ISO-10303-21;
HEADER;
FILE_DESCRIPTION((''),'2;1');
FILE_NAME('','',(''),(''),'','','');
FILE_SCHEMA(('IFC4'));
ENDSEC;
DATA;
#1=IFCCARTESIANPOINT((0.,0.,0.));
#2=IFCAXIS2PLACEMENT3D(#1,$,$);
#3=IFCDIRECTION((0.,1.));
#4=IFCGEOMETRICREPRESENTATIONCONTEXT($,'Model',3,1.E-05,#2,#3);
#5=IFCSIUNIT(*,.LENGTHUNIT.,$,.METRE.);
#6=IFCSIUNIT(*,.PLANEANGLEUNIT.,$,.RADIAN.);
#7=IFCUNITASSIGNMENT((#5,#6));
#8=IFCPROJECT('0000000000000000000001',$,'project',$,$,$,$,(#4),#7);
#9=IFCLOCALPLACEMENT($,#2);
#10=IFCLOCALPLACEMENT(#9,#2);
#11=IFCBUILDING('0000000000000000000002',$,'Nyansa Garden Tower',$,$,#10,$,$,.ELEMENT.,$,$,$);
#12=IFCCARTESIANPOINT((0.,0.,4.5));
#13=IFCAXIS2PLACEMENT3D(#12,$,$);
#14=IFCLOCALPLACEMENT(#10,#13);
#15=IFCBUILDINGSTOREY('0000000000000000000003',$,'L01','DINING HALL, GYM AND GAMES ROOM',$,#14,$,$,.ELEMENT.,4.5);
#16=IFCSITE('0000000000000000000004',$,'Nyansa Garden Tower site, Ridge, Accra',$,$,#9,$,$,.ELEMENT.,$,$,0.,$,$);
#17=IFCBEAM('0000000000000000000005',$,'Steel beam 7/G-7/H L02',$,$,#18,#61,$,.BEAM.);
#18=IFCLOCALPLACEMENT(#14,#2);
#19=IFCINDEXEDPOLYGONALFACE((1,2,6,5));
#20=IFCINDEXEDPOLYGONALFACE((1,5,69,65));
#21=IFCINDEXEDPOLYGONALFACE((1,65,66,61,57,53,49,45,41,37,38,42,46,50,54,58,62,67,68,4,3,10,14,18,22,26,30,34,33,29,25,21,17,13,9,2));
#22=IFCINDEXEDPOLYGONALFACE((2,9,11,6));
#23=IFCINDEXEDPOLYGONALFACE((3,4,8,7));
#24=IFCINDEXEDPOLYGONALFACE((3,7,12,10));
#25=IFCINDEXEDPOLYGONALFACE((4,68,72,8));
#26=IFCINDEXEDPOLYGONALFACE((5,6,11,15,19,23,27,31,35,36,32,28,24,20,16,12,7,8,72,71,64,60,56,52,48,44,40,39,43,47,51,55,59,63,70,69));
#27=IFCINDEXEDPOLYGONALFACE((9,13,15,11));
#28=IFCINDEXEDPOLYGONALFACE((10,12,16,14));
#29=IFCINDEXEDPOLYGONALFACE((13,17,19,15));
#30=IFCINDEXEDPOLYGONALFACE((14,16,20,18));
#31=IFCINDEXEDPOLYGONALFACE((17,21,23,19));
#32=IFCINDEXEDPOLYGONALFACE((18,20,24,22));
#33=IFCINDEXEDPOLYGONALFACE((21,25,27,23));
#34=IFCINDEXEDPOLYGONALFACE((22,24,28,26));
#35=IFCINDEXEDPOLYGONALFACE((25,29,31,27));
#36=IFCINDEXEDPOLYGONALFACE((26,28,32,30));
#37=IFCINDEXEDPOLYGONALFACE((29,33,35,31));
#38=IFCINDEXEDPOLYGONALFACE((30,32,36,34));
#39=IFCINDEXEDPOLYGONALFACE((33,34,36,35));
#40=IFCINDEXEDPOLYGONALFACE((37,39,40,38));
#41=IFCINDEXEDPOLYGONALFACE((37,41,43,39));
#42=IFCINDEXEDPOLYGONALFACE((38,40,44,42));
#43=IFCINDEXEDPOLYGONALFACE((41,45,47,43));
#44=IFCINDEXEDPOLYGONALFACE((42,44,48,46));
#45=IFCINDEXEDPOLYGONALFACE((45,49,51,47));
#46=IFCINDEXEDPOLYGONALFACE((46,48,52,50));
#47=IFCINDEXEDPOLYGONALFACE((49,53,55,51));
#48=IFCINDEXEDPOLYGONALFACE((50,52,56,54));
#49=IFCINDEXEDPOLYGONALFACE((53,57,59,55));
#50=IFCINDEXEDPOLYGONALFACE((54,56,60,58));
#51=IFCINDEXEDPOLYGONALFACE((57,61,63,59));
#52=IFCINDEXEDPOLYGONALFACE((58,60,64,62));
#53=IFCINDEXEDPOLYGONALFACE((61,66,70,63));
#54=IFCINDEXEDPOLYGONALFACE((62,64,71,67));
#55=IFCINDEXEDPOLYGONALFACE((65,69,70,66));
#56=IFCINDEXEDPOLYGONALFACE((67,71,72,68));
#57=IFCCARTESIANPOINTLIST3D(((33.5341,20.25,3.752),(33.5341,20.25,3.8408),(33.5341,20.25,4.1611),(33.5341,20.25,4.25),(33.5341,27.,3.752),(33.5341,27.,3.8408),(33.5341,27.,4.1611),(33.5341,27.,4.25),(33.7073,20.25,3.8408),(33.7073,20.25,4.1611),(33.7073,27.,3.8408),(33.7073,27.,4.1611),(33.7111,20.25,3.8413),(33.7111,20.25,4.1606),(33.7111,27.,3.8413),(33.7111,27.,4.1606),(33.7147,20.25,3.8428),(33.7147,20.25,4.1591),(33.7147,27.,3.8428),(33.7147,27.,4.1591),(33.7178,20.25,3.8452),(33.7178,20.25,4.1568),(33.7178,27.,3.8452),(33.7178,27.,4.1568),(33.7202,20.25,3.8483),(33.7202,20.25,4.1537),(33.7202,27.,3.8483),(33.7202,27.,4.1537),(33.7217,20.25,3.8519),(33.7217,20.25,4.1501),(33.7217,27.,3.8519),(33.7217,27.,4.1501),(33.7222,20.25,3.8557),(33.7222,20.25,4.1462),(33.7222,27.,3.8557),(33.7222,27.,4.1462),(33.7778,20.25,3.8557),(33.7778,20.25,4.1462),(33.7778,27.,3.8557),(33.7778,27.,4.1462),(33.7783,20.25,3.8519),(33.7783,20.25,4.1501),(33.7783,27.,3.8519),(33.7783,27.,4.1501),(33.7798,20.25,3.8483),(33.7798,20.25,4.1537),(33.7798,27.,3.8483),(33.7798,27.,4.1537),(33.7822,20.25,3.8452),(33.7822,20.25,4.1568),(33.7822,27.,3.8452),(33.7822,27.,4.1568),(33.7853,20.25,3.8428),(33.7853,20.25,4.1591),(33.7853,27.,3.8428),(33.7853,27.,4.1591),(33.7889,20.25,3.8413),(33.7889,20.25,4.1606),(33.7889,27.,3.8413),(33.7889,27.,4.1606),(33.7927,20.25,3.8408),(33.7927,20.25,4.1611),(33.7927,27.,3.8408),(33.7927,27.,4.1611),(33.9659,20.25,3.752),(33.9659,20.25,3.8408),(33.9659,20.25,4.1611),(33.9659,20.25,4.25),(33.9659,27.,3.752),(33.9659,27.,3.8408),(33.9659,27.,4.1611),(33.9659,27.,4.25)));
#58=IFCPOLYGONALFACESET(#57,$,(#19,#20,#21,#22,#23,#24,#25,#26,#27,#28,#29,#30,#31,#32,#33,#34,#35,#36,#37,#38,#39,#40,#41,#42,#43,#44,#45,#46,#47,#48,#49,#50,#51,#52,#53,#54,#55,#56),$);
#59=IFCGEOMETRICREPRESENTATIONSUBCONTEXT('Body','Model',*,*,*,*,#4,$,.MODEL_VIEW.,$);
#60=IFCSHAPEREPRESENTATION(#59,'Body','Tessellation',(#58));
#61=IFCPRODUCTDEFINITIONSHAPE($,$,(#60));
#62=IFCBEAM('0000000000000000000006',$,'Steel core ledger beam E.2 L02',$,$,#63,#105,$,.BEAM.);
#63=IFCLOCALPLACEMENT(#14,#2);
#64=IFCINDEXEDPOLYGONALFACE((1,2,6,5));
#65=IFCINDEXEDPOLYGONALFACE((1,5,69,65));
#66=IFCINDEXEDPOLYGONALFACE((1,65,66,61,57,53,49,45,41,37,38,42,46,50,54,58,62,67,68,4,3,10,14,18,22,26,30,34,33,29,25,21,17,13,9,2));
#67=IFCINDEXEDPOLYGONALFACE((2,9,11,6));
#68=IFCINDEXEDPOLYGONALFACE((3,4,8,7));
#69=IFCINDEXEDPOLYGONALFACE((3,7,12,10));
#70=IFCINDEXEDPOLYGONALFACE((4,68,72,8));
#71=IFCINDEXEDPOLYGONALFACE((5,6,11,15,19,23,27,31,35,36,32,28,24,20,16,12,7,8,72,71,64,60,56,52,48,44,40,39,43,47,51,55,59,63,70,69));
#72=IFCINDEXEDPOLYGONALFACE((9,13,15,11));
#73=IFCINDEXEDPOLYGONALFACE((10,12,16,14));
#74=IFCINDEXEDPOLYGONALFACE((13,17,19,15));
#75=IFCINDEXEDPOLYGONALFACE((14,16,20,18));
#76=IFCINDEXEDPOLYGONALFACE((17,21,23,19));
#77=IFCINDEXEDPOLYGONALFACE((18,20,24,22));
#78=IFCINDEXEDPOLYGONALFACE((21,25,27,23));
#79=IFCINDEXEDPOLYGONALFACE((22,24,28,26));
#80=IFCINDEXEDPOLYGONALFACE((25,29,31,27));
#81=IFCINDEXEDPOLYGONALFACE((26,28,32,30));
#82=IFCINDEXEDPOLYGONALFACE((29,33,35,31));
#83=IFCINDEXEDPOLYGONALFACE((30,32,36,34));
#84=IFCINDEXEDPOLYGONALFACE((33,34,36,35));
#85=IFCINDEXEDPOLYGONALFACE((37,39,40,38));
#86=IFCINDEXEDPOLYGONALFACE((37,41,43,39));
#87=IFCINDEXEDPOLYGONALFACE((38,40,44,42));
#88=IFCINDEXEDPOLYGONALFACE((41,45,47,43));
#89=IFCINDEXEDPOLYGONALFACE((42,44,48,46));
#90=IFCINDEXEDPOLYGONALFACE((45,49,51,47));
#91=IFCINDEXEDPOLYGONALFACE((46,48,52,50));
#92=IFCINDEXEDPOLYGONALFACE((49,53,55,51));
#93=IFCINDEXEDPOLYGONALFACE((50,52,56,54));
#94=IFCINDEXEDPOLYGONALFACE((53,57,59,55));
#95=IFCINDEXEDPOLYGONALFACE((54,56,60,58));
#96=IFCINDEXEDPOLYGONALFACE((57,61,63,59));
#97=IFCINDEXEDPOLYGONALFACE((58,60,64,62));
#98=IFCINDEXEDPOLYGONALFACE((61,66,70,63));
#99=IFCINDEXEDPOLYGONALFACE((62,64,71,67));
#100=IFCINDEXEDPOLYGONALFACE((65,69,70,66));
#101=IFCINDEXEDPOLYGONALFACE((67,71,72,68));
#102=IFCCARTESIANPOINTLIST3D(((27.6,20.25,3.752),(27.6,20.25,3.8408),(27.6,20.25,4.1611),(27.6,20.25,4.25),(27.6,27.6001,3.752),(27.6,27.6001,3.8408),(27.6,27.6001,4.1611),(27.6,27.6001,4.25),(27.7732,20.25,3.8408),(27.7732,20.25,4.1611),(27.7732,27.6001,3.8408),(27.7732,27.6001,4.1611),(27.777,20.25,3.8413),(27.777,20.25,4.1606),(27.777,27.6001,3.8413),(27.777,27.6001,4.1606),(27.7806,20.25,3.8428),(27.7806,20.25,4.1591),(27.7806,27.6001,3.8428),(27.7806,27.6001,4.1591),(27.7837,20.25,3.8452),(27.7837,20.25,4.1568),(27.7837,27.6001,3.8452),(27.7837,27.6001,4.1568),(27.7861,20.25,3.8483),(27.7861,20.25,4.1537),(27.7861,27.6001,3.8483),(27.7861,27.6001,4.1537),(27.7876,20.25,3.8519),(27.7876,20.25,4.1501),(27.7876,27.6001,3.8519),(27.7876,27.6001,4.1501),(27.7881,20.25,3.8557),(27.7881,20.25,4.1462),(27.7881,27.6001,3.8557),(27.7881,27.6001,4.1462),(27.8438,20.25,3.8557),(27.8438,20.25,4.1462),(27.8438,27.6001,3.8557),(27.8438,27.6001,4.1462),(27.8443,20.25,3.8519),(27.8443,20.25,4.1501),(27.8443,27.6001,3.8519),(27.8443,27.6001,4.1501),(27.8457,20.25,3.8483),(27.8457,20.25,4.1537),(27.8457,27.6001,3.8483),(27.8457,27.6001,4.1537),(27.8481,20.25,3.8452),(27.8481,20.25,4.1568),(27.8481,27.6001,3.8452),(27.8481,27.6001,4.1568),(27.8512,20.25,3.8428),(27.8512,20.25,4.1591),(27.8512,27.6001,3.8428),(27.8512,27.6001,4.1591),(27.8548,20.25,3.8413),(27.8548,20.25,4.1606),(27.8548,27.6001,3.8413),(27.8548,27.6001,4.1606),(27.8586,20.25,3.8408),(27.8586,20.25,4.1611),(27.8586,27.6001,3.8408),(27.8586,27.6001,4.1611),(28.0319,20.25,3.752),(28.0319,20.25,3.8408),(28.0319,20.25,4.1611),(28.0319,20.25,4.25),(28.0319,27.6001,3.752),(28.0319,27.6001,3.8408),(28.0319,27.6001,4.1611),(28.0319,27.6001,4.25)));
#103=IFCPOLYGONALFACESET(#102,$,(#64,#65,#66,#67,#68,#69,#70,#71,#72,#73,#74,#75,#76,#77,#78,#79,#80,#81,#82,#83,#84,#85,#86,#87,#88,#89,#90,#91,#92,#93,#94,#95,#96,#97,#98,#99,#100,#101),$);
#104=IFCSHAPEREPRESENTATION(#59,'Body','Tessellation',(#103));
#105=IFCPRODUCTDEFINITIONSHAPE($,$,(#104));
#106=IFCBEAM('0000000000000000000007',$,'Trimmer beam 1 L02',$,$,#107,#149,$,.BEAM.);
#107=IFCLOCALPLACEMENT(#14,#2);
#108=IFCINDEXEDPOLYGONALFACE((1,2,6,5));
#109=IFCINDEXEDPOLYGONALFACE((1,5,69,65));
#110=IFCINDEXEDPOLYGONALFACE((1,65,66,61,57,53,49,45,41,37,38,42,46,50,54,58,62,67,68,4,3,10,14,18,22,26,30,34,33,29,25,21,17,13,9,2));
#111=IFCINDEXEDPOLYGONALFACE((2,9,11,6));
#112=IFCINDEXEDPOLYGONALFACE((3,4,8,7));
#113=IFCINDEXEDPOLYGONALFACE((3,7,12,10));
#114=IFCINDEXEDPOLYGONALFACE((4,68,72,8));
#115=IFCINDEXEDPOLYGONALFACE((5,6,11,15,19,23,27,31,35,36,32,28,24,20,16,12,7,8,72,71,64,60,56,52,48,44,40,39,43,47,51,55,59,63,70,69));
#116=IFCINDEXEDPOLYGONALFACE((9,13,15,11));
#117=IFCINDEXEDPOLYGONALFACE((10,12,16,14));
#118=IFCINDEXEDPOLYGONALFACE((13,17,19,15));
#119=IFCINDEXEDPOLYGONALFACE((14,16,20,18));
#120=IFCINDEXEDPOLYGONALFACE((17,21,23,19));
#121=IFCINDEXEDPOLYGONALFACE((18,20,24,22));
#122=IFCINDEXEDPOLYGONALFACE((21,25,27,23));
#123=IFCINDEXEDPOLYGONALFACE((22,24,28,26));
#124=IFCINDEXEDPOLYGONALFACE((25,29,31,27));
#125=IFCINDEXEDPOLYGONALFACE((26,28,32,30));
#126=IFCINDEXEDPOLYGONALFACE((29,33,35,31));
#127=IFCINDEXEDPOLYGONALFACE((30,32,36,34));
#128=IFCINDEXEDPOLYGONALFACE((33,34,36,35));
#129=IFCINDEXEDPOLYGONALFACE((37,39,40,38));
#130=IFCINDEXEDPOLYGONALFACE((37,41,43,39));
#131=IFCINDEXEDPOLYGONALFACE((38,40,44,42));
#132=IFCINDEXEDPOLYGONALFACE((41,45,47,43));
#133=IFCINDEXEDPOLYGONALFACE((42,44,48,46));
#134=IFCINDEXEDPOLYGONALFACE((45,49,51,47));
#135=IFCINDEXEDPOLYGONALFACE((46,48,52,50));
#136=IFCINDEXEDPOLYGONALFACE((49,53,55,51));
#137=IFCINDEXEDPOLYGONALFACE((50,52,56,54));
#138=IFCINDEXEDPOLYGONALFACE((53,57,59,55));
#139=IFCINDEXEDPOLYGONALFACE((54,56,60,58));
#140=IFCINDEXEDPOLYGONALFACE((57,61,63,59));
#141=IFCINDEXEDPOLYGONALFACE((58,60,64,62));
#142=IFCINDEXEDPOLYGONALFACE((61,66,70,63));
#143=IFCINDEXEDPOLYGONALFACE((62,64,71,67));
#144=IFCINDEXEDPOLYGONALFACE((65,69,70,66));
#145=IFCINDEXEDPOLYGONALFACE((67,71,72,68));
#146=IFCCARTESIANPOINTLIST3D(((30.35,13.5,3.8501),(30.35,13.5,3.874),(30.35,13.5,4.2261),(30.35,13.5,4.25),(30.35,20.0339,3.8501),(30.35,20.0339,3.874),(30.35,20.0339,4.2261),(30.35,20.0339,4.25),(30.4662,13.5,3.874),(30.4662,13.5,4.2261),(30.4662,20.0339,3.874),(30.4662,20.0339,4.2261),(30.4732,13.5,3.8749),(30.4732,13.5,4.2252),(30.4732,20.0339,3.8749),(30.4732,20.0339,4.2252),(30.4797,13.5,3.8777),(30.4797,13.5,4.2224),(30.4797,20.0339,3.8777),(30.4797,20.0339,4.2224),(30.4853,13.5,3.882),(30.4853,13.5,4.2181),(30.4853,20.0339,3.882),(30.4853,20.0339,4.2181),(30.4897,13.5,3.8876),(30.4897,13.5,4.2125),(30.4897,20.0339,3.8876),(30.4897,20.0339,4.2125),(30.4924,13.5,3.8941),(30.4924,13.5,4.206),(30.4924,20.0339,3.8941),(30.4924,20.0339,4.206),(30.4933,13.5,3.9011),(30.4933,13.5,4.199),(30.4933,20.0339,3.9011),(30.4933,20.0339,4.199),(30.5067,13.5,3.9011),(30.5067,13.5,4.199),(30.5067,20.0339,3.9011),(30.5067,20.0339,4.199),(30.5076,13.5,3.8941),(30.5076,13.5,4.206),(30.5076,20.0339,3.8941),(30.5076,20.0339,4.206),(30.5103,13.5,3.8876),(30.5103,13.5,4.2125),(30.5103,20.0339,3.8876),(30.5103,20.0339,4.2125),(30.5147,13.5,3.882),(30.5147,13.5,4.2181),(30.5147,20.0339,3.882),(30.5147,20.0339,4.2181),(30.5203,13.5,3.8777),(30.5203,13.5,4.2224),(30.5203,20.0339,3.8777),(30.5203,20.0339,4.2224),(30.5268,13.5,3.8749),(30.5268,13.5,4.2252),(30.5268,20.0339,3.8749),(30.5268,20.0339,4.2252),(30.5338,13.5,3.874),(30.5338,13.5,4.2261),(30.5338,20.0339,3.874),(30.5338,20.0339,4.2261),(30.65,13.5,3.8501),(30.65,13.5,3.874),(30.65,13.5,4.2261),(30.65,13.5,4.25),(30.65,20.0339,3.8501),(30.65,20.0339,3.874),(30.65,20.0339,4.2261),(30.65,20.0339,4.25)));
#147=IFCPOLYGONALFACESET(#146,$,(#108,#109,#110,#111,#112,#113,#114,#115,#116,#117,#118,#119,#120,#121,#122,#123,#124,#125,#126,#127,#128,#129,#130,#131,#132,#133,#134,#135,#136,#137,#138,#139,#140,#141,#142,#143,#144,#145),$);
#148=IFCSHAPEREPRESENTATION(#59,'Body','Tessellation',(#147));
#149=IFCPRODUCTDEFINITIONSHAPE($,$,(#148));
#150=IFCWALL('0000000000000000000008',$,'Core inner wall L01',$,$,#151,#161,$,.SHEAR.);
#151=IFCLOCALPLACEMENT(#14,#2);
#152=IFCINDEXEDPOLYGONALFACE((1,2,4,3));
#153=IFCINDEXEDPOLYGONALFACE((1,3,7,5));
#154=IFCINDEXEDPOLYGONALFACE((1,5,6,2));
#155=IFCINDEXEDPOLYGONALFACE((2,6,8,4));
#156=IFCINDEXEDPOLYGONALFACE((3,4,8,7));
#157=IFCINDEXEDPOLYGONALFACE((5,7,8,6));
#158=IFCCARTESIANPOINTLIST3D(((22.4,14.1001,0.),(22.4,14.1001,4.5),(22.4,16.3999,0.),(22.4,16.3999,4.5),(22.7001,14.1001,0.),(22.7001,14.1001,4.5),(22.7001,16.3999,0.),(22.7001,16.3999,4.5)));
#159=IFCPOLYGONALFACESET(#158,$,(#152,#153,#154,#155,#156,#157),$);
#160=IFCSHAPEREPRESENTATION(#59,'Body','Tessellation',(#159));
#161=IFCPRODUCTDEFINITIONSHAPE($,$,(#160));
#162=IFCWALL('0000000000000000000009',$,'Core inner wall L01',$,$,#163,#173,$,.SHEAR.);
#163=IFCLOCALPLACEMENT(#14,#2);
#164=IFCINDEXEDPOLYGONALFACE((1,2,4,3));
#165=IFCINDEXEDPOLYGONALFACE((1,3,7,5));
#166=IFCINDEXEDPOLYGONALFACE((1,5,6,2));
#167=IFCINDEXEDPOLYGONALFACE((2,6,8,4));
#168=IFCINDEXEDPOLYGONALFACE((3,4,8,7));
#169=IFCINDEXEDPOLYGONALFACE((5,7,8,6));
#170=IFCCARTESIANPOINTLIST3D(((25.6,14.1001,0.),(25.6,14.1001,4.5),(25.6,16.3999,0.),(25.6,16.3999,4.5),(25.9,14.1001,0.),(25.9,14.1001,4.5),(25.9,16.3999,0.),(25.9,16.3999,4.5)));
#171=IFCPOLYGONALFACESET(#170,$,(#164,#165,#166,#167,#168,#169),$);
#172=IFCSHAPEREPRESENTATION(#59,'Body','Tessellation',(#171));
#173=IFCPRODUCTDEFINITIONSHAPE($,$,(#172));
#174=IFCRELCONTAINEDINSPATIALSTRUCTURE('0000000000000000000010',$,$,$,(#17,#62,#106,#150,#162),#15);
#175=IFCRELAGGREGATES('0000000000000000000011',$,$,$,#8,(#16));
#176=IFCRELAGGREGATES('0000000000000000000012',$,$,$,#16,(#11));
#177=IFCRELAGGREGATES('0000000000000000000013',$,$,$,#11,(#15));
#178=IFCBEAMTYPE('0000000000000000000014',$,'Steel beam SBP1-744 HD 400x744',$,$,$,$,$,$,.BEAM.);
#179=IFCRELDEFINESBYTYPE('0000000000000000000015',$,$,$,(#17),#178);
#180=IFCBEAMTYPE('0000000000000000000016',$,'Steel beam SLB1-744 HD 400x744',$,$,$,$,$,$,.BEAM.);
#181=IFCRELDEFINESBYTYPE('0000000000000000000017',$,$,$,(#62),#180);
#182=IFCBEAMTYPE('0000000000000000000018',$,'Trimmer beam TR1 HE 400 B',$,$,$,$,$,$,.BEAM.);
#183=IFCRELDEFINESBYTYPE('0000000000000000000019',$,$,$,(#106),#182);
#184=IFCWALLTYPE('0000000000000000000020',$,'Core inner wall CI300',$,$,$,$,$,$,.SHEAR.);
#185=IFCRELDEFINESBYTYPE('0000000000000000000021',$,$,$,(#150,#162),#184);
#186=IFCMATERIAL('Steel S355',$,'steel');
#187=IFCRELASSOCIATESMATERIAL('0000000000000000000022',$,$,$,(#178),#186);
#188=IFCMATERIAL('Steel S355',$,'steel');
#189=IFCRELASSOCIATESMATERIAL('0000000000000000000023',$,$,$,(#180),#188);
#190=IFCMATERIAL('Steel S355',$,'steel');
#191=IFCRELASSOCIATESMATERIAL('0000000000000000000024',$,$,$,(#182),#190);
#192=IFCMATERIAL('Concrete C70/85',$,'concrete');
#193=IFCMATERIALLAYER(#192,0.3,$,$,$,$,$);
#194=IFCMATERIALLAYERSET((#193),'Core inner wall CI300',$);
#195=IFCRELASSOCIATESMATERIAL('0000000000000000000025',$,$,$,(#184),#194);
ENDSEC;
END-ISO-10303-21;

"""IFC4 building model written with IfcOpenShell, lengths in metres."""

from ifc_helpers import new_model, si_unit, direction, frame, frame_2d, origin, origin_2d, place, context, subcontext, project, spatial, rectangle, i_section, extrude, material, layer, layer_set, material_profile, profile_set, type_object, element, save


model = new_model("IFC4")

# Units and contexts
model_context = context("Model", 3, precision=1e-05, world=origin(), true_north=direction((0.0, 1.0)))
body_context = subcontext(model_context, "Body", "Model", "MODEL_VIEW")
ifc_project = project(units=[si_unit("LENGTHUNIT", "METRE"), si_unit("PLANEANGLEUNIT", "RADIAN")], contexts=[model_context])

# Site, building, storey
site_placement = place(None, origin())
site = spatial("IfcSite", under=ifc_project, at=site_placement, Name="Nyansa Garden Tower site, Ridge, Accra", CompositionType="ELEMENT", RefElevation=0.0)
building_placement = place(site_placement, origin())
building = spatial("IfcBuilding", under=site, at=building_placement, Name="Nyansa Garden Tower", CompositionType="ELEMENT")
storey_placement = place(building_placement, frame((0.0, 0.0, 4.5)))
storey = spatial("IfcBuildingStorey", under=building, at=storey_placement, Name="L01", Description="DINING HALL, GYM AND GAMES ROOM", CompositionType="ELEMENT", Elevation=4.5)

# Beams
ifc_material_1 = material(Name="Steel S355", Category="steel")
ifc_material_profile_1 = material_profile(ifc_material_1, i_section(OverallWidth=0.4319, OverallDepth=0.498, WebThickness=0.0557, FlangeThickness=0.0889, FilletRadius=0.0149, at=origin_2d()), Name="HD 400x744")
ifc_profile_set_1 = profile_set([ifc_material_profile_1], Name="Steel S355")
beam_type_1 = type_object("IfcBeamType", Name="Steel beam SBP1-744 HD 400x744", PredefinedType="BEAM", material=ifc_profile_set_1)
for number, where, z_axis, x_axis, name in (
    (1, (33.75, 20.25, 4.001), (0.0, 1.0, 0.0), (-1.0, 0.0, 0.0), "Steel beam 7/G-7/H L02"),
):
    element("IfcBeam", number, at=place(storey_placement, frame(where, z_axis=z_axis, x_axis=x_axis)), inside=storey, type_object=beam_type_1, Name=name, PredefinedType="BEAM", context=body_context, shape_type="SweptSolid", body=[
        extrude(i_section(OverallWidth=0.4319, OverallDepth=0.498, WebThickness=0.0557, FlangeThickness=0.0889, FilletRadius=0.0149, at=origin_2d()), origin(), (0.0, 0.0, 1.0), 6.75),
    ])
ifc_material_2 = material(Name="Steel S355", Category="steel")
ifc_material_profile_2 = material_profile(ifc_material_2, i_section(OverallWidth=0.4319, OverallDepth=0.498, WebThickness=0.0557, FlangeThickness=0.0889, FilletRadius=0.0149, at=origin_2d()), Name="HD 400x744")
ifc_profile_set_2 = profile_set([ifc_material_profile_2], Name="Steel S355")
beam_type_2 = type_object("IfcBeamType", Name="Steel beam SLB1-744 HD 400x744", PredefinedType="BEAM", material=ifc_profile_set_2)
beam_1_placement = place(storey_placement, frame((27.8159, 20.25, 4.001), z_axis=(0.0, 1.0, 0.0), x_axis=(-1.0, 0.0, 0.0)))
element("IfcBeam", 2, at=beam_1_placement, inside=storey, type_object=beam_type_2, Name="Steel core ledger beam E.2 L02", PredefinedType="BEAM", context=body_context, shape_type="SweptSolid", body=[
    extrude(i_section(OverallWidth=0.4319, OverallDepth=0.498, WebThickness=0.0557, FlangeThickness=0.0889, FilletRadius=0.0149, at=origin_2d()), origin(), (0.0, 0.0, 1.0), 7.3501),
])
ifc_material_3 = material(Name="Steel S355", Category="steel")
ifc_material_profile_3 = material_profile(ifc_material_3, i_section(OverallWidth=0.3, OverallDepth=0.3999, WebThickness=0.0134, FlangeThickness=0.0239, FilletRadius=0.0271, at=origin_2d()), Name="HE 400 B")
ifc_profile_set_3 = profile_set([ifc_material_profile_3], Name="Steel S355")
beam_type_3 = type_object("IfcBeamType", Name="Trimmer beam TR1 HE 400 B", PredefinedType="BEAM", material=ifc_profile_set_3)
beam_2_placement = place(storey_placement, frame((30.5, 13.5, 4.05), z_axis=(0.0, 1.0, 0.0), x_axis=(-1.0, 0.0, 0.0)))
element("IfcBeam", 3, at=beam_2_placement, inside=storey, type_object=beam_type_3, Name="Trimmer beam 1 L02", PredefinedType="BEAM", context=body_context, shape_type="SweptSolid", body=[
    extrude(i_section(OverallWidth=0.3, OverallDepth=0.3999, WebThickness=0.0134, FlangeThickness=0.0239, FilletRadius=0.0271, at=origin_2d()), origin(), (0.0, 0.0, 1.0), 6.5339),
])

# Walls
ifc_material_4 = material(Name="Concrete C70/85", Category="concrete")
ifc_layer_1 = layer(ifc_material_4, 0.3)
ifc_layer_set_1 = layer_set([ifc_layer_1], Name="Core inner wall CI300")
wall_type_1 = type_object("IfcWallType", Name="Core inner wall CI300", PredefinedType="SHEAR", material=ifc_layer_set_1)
for number, where, z_axis, x_axis, name in (
    (4, (22.55, 14.1001, 0.0), (0.0, 0.0, 1.0), (0.0, 1.0, 0.0), "Core inner wall L01"),
    (5, (25.75, 14.1001, 0.0), (0.0, 0.0, 1.0), (0.0, 1.0, 0.0), "Core inner wall L01"),
):
    element("IfcWall", number, at=place(storey_placement, frame(where, z_axis=z_axis, x_axis=x_axis)), inside=storey, type_object=wall_type_1, Name=name, PredefinedType="SHEAR", context=body_context, shape_type="SweptSolid", body=[
        extrude(rectangle(XDim=2.2998, YDim=0.3, at=frame_2d((1.1499, 0.0))), origin(), (0.0, 0.0, 1.0), 4.5),
    ])

save(model, "model.ifc")
